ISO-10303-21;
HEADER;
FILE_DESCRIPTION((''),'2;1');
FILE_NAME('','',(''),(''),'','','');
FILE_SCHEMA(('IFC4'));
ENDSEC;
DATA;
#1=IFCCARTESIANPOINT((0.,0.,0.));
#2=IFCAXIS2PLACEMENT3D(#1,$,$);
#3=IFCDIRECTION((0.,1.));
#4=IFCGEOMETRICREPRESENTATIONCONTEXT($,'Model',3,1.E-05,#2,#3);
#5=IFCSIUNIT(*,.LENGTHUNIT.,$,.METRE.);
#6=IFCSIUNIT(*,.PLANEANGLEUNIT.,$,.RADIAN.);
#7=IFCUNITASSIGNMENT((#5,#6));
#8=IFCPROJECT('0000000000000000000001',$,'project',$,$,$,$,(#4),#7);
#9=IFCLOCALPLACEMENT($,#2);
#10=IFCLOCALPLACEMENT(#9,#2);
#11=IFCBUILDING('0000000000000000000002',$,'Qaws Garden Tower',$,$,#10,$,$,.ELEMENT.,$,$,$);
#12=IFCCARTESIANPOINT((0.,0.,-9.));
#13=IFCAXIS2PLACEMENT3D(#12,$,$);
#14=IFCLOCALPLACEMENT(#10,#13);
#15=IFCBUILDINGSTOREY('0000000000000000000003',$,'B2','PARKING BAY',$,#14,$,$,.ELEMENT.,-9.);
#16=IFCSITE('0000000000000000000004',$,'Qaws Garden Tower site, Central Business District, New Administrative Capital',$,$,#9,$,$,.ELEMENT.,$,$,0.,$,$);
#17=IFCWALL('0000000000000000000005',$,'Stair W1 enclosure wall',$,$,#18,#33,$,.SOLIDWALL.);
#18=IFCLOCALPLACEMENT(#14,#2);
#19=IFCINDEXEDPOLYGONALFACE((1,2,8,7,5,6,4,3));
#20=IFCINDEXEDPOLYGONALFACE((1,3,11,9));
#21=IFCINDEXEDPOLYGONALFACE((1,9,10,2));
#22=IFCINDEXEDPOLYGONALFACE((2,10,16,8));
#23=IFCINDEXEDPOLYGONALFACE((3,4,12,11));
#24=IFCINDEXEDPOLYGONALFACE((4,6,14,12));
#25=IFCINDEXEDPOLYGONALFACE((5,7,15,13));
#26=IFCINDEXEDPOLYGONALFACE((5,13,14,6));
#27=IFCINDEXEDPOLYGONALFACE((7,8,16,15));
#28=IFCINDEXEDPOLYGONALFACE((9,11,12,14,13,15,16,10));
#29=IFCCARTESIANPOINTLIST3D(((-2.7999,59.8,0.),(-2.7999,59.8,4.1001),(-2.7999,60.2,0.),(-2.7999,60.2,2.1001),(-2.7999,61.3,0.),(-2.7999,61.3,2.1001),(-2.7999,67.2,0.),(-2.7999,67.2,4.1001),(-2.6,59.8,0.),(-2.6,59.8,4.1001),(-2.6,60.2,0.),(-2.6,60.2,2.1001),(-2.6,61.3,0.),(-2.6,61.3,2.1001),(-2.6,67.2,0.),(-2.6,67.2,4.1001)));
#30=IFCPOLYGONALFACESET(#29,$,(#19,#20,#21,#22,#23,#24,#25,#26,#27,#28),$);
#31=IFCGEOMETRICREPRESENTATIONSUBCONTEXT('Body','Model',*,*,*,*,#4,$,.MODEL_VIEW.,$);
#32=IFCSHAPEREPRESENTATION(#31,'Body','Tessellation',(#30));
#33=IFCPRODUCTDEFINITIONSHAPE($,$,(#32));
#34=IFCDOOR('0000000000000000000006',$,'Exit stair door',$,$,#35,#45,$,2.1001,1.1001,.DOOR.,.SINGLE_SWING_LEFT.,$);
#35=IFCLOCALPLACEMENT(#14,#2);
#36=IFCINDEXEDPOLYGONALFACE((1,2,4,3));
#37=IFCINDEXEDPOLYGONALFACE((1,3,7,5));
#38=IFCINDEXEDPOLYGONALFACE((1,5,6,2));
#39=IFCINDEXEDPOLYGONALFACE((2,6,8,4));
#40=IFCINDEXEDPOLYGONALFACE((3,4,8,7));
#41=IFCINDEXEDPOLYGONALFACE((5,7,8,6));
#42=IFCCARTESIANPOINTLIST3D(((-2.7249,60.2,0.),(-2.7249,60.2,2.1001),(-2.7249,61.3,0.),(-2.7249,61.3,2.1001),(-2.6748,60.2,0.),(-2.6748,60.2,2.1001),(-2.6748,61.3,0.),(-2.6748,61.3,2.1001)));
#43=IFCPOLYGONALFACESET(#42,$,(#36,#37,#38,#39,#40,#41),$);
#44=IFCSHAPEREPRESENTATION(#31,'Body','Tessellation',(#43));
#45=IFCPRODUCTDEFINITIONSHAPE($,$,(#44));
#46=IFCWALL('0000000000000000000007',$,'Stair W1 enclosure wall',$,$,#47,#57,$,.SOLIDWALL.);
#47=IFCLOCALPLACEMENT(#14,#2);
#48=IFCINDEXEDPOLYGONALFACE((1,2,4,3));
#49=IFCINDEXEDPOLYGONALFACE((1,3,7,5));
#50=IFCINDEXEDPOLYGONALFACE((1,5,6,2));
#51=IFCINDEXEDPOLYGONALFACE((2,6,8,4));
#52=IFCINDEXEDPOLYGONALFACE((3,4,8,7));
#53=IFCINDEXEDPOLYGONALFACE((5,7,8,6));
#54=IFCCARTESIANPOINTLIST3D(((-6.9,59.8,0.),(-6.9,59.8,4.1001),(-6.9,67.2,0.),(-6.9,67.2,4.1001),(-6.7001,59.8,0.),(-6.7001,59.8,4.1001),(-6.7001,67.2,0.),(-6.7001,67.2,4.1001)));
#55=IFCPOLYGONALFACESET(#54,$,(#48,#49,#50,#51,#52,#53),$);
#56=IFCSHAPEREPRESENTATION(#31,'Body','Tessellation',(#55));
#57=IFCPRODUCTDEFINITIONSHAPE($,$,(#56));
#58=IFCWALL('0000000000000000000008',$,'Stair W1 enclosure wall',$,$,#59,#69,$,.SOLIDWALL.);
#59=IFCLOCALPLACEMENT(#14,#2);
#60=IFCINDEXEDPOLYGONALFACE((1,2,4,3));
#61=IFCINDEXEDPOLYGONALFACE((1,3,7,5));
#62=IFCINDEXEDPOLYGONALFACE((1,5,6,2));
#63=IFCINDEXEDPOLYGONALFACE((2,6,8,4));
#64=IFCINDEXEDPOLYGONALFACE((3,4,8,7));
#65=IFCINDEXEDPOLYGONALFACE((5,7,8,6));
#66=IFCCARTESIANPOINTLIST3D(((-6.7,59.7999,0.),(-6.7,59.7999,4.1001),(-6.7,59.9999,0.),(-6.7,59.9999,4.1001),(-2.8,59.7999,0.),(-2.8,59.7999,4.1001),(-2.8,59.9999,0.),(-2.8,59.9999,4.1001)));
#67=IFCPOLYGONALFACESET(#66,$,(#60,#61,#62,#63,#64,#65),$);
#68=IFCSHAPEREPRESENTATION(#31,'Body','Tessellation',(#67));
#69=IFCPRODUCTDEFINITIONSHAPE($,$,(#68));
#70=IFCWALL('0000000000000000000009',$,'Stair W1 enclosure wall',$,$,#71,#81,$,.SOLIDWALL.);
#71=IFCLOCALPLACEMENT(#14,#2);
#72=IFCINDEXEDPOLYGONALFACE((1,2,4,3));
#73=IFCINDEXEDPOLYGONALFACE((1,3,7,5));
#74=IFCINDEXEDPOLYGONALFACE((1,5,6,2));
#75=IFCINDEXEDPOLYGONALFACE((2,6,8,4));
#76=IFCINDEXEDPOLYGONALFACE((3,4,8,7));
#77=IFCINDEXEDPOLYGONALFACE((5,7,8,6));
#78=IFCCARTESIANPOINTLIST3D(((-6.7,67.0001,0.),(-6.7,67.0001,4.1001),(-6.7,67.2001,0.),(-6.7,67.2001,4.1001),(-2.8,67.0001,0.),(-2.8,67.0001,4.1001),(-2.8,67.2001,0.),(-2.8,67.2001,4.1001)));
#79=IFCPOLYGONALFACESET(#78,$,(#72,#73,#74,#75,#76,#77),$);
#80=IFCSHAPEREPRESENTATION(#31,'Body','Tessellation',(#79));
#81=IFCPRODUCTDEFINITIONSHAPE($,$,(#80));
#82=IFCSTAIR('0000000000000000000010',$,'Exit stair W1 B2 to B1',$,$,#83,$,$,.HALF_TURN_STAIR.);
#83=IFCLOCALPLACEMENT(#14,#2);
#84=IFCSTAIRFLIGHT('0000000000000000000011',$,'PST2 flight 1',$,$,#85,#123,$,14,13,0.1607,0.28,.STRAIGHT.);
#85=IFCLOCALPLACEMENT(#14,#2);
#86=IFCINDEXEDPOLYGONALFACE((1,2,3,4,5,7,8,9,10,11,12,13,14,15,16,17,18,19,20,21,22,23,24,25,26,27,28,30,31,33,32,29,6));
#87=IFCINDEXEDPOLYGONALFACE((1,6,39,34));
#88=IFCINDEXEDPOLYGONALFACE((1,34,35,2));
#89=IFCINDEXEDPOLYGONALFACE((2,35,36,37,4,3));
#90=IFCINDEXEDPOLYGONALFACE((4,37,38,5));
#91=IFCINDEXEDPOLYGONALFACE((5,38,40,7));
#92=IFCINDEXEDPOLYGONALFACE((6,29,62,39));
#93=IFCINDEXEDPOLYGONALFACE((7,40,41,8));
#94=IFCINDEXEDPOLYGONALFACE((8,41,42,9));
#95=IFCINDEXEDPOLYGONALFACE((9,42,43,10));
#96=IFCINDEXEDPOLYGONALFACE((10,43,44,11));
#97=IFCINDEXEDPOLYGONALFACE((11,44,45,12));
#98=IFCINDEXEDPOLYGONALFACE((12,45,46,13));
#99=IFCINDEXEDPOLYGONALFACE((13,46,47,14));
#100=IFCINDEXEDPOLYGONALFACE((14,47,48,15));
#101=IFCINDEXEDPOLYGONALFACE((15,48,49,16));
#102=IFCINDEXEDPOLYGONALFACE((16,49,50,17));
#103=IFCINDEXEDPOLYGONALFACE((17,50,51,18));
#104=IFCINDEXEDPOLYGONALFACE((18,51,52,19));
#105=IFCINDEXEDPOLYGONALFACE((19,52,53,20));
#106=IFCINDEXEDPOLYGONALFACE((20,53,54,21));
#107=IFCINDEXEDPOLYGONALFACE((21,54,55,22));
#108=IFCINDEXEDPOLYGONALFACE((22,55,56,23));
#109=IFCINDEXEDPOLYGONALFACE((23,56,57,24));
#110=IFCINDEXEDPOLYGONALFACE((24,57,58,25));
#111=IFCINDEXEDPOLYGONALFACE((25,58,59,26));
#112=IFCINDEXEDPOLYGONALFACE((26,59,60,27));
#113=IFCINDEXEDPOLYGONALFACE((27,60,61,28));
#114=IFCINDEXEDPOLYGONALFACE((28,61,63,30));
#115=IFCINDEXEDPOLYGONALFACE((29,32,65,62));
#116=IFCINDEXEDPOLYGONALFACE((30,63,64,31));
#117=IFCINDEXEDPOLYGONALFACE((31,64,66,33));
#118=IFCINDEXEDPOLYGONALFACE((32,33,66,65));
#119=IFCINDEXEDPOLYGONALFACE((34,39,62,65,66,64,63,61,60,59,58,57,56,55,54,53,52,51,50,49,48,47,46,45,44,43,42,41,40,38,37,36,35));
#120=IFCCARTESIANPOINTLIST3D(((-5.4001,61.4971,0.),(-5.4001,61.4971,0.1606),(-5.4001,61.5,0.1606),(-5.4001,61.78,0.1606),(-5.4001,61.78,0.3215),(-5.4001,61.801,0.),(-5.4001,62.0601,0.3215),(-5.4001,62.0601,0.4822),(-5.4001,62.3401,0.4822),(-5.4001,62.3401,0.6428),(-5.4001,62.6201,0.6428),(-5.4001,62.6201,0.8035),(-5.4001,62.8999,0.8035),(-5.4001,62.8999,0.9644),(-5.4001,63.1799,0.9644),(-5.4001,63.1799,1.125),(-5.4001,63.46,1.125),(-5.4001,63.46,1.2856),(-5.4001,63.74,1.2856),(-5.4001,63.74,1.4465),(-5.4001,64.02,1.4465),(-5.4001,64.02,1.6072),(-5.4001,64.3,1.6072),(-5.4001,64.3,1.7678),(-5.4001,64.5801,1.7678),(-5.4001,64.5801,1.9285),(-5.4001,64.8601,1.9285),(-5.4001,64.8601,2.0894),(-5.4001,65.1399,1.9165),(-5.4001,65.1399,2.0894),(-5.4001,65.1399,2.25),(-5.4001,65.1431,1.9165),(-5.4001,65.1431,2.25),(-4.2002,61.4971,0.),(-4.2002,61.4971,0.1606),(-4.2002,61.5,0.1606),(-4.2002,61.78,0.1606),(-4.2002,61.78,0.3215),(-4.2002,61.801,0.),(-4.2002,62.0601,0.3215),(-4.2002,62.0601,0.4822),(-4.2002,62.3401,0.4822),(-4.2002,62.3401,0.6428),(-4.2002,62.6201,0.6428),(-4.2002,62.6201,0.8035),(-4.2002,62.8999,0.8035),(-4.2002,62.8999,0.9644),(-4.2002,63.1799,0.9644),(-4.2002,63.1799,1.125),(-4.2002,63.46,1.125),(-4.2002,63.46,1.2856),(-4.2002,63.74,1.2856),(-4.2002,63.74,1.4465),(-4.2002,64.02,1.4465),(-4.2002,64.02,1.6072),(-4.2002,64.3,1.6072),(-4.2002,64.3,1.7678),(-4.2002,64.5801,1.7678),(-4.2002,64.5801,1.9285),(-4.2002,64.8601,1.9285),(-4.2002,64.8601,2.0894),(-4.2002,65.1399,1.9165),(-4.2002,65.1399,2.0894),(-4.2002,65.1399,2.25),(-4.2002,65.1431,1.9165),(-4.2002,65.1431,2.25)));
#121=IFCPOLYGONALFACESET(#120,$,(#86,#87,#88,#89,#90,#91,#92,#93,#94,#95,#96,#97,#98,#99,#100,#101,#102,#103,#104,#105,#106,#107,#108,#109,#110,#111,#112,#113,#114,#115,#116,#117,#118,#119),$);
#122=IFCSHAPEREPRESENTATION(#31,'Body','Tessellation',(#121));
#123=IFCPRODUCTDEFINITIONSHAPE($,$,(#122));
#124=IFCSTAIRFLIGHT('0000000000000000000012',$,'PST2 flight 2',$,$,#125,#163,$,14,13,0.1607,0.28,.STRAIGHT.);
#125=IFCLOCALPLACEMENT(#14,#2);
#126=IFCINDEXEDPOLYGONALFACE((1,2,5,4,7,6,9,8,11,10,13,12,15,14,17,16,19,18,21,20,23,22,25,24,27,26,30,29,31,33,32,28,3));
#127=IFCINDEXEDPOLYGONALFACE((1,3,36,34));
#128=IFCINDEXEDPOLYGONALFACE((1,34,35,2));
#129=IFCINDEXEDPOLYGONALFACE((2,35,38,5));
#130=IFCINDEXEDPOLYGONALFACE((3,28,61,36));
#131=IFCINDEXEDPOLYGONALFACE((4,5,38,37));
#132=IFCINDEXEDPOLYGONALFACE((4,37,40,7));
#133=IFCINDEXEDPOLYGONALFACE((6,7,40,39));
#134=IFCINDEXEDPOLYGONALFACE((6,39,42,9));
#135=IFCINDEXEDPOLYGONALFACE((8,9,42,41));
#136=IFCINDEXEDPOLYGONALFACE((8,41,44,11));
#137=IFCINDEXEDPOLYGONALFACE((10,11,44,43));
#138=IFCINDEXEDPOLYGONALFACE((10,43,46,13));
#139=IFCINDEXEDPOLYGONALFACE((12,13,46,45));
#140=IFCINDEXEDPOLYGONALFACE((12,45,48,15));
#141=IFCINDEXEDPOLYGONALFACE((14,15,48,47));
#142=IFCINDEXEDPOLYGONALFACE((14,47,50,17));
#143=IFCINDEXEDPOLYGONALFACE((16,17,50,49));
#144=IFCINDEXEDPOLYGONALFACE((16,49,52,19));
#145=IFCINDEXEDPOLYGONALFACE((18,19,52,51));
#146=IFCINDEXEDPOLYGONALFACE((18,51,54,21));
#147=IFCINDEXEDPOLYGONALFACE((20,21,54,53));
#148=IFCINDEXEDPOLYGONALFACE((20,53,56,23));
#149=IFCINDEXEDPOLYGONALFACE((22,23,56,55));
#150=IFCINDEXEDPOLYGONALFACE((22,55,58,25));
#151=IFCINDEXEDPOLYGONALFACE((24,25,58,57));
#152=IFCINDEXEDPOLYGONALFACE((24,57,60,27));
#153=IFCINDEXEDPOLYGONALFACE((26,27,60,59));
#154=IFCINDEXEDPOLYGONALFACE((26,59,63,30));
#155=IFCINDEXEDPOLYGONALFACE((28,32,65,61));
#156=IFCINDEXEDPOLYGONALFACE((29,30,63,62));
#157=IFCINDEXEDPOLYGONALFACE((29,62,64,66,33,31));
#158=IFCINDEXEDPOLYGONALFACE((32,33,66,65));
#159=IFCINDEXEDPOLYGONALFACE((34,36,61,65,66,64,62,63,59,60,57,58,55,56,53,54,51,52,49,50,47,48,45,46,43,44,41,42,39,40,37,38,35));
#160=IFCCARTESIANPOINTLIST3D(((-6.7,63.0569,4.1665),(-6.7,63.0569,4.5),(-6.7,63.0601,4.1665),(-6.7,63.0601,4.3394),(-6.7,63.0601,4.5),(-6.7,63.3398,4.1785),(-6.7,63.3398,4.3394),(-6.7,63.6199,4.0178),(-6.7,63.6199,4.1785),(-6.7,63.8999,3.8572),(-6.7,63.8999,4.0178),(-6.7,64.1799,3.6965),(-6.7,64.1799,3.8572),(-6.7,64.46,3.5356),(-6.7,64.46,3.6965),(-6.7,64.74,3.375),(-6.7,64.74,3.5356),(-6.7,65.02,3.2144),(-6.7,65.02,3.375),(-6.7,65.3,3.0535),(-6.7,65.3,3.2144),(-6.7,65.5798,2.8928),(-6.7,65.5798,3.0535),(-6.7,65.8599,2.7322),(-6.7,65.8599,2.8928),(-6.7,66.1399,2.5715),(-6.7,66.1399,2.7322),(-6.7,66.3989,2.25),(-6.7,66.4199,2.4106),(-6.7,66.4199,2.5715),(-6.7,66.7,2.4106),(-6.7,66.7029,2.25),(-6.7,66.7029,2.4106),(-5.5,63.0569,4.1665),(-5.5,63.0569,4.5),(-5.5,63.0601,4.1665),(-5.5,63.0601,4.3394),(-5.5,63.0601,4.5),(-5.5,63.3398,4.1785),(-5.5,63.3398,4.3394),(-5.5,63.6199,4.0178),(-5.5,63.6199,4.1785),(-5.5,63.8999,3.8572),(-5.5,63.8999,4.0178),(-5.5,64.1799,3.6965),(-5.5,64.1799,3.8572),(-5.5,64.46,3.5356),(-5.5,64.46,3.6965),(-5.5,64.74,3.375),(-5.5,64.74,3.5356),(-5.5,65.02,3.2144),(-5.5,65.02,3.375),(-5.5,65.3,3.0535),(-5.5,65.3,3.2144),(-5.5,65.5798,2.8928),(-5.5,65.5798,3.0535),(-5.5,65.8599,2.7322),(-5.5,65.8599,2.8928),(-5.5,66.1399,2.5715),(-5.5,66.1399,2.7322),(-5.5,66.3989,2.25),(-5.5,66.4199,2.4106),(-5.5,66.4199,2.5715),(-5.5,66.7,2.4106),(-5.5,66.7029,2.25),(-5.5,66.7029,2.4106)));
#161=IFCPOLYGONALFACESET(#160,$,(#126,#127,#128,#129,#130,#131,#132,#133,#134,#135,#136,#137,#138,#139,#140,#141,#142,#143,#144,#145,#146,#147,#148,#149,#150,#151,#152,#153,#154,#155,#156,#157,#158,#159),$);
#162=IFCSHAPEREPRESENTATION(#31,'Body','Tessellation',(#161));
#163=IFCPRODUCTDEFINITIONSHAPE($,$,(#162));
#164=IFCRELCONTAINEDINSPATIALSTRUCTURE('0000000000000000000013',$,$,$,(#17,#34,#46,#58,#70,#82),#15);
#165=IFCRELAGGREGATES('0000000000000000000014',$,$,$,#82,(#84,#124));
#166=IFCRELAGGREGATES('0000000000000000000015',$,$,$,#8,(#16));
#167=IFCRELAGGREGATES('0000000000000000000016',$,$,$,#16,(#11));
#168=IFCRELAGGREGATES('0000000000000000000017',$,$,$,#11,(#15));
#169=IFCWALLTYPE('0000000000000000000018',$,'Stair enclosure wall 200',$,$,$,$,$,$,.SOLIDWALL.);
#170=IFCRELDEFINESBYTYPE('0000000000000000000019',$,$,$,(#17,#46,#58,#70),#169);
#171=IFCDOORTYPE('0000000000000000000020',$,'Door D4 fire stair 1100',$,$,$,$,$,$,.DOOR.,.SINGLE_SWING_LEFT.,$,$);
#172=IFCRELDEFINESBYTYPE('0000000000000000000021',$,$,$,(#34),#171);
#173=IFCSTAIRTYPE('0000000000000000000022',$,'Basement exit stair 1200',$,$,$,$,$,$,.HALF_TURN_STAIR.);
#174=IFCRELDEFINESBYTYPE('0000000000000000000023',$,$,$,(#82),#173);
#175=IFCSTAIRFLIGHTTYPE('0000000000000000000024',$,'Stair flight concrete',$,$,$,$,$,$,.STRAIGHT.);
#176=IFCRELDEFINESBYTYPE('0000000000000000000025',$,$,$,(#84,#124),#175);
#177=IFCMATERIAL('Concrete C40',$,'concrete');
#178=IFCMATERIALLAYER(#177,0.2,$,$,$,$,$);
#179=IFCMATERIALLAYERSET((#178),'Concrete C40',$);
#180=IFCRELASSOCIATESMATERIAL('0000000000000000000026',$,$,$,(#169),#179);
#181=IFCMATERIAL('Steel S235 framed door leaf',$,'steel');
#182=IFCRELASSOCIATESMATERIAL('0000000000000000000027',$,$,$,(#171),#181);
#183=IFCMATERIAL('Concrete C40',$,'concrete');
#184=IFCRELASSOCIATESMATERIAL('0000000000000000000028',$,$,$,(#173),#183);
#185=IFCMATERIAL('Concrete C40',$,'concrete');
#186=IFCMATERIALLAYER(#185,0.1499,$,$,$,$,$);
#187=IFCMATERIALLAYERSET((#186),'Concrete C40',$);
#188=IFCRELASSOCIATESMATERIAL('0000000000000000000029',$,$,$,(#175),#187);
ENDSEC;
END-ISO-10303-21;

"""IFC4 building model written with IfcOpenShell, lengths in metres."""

from ifc_helpers import new_model, si_unit, direction, frame, frame_2d, origin, place, context, subcontext, project, spatial, polyline, rectangle, outline, extrude, material, layer, layer_set, type_object, element, fill, aggregate, save


model = new_model("IFC4")

# Units and contexts
model_context = context("Model", 3, precision=1e-05, world=origin(), true_north=direction((0.0, 1.0)))
body_context = subcontext(model_context, "Body", "Model", "MODEL_VIEW")
ifc_project = project(units=[si_unit("LENGTHUNIT", "METRE"), si_unit("PLANEANGLEUNIT", "RADIAN")], contexts=[model_context])

# Site, building, storey
site_placement = place(None, origin())
site = spatial("IfcSite", under=ifc_project, at=site_placement, Name="Qaws Garden Tower site, Central Business District, New Administrative Capital", CompositionType="ELEMENT", RefElevation=0.0)
building_placement = place(site_placement, origin())
building = spatial("IfcBuilding", under=site, at=building_placement, Name="Qaws Garden Tower", CompositionType="ELEMENT")
storey_placement = place(building_placement, frame((0.0, 0.0, -9.0)))
storey = spatial("IfcBuildingStorey", under=building, at=storey_placement, Name="B2", Description="PARKING BAY", CompositionType="ELEMENT", Elevation=-9.0)

# Wall, opening, door
ifc_material_1 = material(Name="Concrete C40", Category="concrete")
ifc_layer_1 = layer(ifc_material_1, 0.2)
ifc_layer_set_1 = layer_set([ifc_layer_1], Name="Concrete C40")
wall_type = type_object("IfcWallType", Name="Stair enclosure wall 200", PredefinedType="SOLIDWALL", material=ifc_layer_set_1)
wall_1_placement = place(storey_placement, frame((-2.7, 59.8, 0.0), z_axis=(0.0, 0.0, 1.0), x_axis=(0.0, 1.0, 0.0)))
wall_1 = element("IfcWall", 1, at=wall_1_placement, inside=storey, type_object=wall_type, Name="Stair W1 enclosure wall", PredefinedType="SOLIDWALL", context=body_context, shape_type="SweptSolid", body=[
    extrude(rectangle(XDim=7.3999, YDim=0.2, at=frame_2d((3.7, 0.0))), origin(), (0.0, 0.0, 1.0), 4.1001),
])
opening_placement = place(wall_1_placement, frame((0.3999, 0.0, 0.0)))
opening = element("IfcOpeningElement", 2, at=opening_placement, cuts=wall_1, PredefinedType="OPENING", context=body_context, shape_type="SweptSolid", body=[
    extrude(rectangle(XDim=1.1001, YDim=2.1001, at=frame_2d((0.55, 1.05))), frame((0.0, 0.1099, 0.0), z_axis=(0.0, -1.0, 0.0), x_axis=(1.0, 0.0, 0.0)), (0.0, 0.0, 1.0), 0.22),
])
ifc_material_2 = material(Name="Steel S235 framed door leaf", Category="steel")
door_type = type_object("IfcDoorType", Name="Door D4 fire stair 1100", OperationType="SINGLE_SWING_LEFT", PredefinedType="DOOR", material=ifc_material_2)
door_placement = place(opening_placement, origin())
door = element("IfcDoor", 3, at=door_placement, inside=storey, type_object=door_type, Name="Exit stair door", OperationType="SINGLE_SWING_LEFT", OverallHeight=2.1001, OverallWidth=1.1001, PredefinedType="DOOR", context=body_context, shape_type="SweptSolid", body=[
    extrude(rectangle(XDim=1.1001, YDim=2.1001, at=frame_2d((0.55, 1.05))), frame((0.0, 0.0249, 0.0), z_axis=(0.0, -1.0, 0.0), x_axis=(1.0, 0.0, 0.0)), (0.0, 0.0, 1.0), 0.05),
])
fill(opening, door)

# Walls
wall_2_placement = place(storey_placement, frame((-6.8, 59.8, 0.0), z_axis=(0.0, 0.0, 1.0), x_axis=(0.0, 1.0, 0.0)))
element("IfcWall", 4, at=wall_2_placement, inside=storey, type_object=wall_type, Name="Stair W1 enclosure wall", PredefinedType="SOLIDWALL", context=body_context, shape_type="SweptSolid", body=[
    extrude(rectangle(XDim=7.3999, YDim=0.2, at=frame_2d((3.7, 0.0))), origin(), (0.0, 0.0, 1.0), 4.1001),
])
for number, where, z_axis, x_axis, name in (
    (5, (-2.8, 59.8999, 0.0), (0.0, 0.0, 1.0), (-1.0, 0.0, 0.0), "Stair W1 enclosure wall"),
    (6, (-2.8, 67.1001, 0.0), (0.0, 0.0, 1.0), (-1.0, 0.0, 0.0), "Stair W1 enclosure wall"),
):
    element("IfcWall", number, at=place(storey_placement, frame(where, z_axis=z_axis, x_axis=x_axis)), inside=storey, type_object=wall_type, Name=name, PredefinedType="SOLIDWALL", context=body_context, shape_type="SweptSolid", body=[
        extrude(rectangle(XDim=3.8999, YDim=0.2, at=frame_2d((1.95, 0.0))), origin(), (0.0, 0.0, 1.0), 4.1001),
    ])

# Stair, stair flights
ifc_material_3 = material(Name="Concrete C40", Category="concrete")
stair_type = type_object("IfcStairType", Name="Basement exit stair 1200", PredefinedType="HALF_TURN_STAIR", material=ifc_material_3)
stair_placement = place(storey_placement, origin())
stair = element("IfcStair", 7, at=stair_placement, inside=storey, type_object=stair_type, Name="Exit stair W1 B2 to B1", PredefinedType="HALF_TURN_STAIR")
ifc_material_4 = material(Name="Concrete C40", Category="concrete")
ifc_layer_2 = layer(ifc_material_4, 0.1499)
ifc_layer_set_2 = layer_set([ifc_layer_2], Name="Concrete C40")
stair_flight_type = type_object("IfcStairFlightType", Name="Stair flight concrete", PredefinedType="STRAIGHT", material=ifc_layer_set_2)
stair_flight_1_placement = place(storey_placement, frame((-4.8, 61.5, 0.0), z_axis=(0.0, 0.0, 1.0), x_axis=(0.0, 1.0, 0.0)))
stair_flight_1 = element("IfcStairFlight", 8, at=stair_flight_1_placement, type_object=stair_flight_type, Name="PST2 flight 1", NumberOfRisers=14, NumberOfTreads=13, PredefinedType="STRAIGHT", RiserHeight=0.1607, TreadLength=0.28, context=body_context, shape_type="SweptSolid", body=[
    extrude(outline(polyline([(-0.0029, 0.0), (-0.0029, 0.1606), (0.0, 0.1606), (0.28, 0.1606), (0.28, 0.3215), (0.5601, 0.3215), (0.5601, 0.4822), (0.8401, 0.4822), (0.8401, 0.6428), (1.1201, 0.6428), (1.1201, 0.8035), (1.3999, 0.8035), (1.3999, 0.9644), (1.6799, 0.9644), (1.6799, 1.125), (1.96, 1.125), (1.96, 1.2856), (2.24, 1.2856), (2.24, 1.4465), (2.52, 1.4465), (2.52, 1.6072), (2.8, 1.6072), (2.8, 1.7678), (3.0801, 1.7678), (3.0801, 1.9285), (3.3601, 1.9285), (3.3601, 2.0894), (3.6399, 2.0894), (3.6399, 2.25), (3.6431, 2.25), (3.6431, 1.9165), (3.6399, 1.9165), (0.301, 0.0), (-0.0029, 0.0)])), frame((0.0, 0.6001, 0.0), z_axis=(0.0, -1.0, 0.0), x_axis=(1.0, 0.0, 0.0)), (0.0, 0.0, 1.0), 1.2),
])
stair_flight_2_placement = place(storey_placement, frame((-6.1001, 66.7, 2.25), z_axis=(0.0, 0.0, 1.0), x_axis=(0.0, -1.0, 0.0)))
stair_flight_2 = element("IfcStairFlight", 9, at=stair_flight_2_placement, type_object=stair_flight_type, Name="PST2 flight 2", NumberOfRisers=14, NumberOfTreads=13, PredefinedType="STRAIGHT", RiserHeight=0.1607, TreadLength=0.28, context=body_context, shape_type="SweptSolid", body=[
    extrude(outline(polyline([(-0.0029, 0.0), (-0.0029, 0.1606), (0.0, 0.1606), (0.28, 0.1606), (0.28, 0.3215), (0.5601, 0.3215), (0.5601, 0.4822), (0.8401, 0.4822), (0.8401, 0.6428), (1.1201, 0.6428), (1.1201, 0.8035), (1.3999, 0.8035), (1.3999, 0.9644), (1.6799, 0.9644), (1.6799, 1.125), (1.96, 1.125), (1.96, 1.2856), (2.24, 1.2856), (2.24, 1.4465), (2.52, 1.4465), (2.52, 1.6072), (2.8, 1.6072), (2.8, 1.7678), (3.0801, 1.7678), (3.0801, 1.9285), (3.3601, 1.9285), (3.3601, 2.0894), (3.6399, 2.0894), (3.6399, 2.25), (3.6431, 2.25), (3.6431, 1.9165), (3.6399, 1.9165), (0.301, 0.0), (-0.0029, 0.0)])), frame((0.0, 0.6001, 0.0), z_axis=(0.0, -1.0, 0.0), x_axis=(1.0, 0.0, 0.0)), (0.0, 0.0, 1.0), 1.2),
])
aggregate(stair, [stair_flight_1, stair_flight_2])

save(model, "model.ifc")
